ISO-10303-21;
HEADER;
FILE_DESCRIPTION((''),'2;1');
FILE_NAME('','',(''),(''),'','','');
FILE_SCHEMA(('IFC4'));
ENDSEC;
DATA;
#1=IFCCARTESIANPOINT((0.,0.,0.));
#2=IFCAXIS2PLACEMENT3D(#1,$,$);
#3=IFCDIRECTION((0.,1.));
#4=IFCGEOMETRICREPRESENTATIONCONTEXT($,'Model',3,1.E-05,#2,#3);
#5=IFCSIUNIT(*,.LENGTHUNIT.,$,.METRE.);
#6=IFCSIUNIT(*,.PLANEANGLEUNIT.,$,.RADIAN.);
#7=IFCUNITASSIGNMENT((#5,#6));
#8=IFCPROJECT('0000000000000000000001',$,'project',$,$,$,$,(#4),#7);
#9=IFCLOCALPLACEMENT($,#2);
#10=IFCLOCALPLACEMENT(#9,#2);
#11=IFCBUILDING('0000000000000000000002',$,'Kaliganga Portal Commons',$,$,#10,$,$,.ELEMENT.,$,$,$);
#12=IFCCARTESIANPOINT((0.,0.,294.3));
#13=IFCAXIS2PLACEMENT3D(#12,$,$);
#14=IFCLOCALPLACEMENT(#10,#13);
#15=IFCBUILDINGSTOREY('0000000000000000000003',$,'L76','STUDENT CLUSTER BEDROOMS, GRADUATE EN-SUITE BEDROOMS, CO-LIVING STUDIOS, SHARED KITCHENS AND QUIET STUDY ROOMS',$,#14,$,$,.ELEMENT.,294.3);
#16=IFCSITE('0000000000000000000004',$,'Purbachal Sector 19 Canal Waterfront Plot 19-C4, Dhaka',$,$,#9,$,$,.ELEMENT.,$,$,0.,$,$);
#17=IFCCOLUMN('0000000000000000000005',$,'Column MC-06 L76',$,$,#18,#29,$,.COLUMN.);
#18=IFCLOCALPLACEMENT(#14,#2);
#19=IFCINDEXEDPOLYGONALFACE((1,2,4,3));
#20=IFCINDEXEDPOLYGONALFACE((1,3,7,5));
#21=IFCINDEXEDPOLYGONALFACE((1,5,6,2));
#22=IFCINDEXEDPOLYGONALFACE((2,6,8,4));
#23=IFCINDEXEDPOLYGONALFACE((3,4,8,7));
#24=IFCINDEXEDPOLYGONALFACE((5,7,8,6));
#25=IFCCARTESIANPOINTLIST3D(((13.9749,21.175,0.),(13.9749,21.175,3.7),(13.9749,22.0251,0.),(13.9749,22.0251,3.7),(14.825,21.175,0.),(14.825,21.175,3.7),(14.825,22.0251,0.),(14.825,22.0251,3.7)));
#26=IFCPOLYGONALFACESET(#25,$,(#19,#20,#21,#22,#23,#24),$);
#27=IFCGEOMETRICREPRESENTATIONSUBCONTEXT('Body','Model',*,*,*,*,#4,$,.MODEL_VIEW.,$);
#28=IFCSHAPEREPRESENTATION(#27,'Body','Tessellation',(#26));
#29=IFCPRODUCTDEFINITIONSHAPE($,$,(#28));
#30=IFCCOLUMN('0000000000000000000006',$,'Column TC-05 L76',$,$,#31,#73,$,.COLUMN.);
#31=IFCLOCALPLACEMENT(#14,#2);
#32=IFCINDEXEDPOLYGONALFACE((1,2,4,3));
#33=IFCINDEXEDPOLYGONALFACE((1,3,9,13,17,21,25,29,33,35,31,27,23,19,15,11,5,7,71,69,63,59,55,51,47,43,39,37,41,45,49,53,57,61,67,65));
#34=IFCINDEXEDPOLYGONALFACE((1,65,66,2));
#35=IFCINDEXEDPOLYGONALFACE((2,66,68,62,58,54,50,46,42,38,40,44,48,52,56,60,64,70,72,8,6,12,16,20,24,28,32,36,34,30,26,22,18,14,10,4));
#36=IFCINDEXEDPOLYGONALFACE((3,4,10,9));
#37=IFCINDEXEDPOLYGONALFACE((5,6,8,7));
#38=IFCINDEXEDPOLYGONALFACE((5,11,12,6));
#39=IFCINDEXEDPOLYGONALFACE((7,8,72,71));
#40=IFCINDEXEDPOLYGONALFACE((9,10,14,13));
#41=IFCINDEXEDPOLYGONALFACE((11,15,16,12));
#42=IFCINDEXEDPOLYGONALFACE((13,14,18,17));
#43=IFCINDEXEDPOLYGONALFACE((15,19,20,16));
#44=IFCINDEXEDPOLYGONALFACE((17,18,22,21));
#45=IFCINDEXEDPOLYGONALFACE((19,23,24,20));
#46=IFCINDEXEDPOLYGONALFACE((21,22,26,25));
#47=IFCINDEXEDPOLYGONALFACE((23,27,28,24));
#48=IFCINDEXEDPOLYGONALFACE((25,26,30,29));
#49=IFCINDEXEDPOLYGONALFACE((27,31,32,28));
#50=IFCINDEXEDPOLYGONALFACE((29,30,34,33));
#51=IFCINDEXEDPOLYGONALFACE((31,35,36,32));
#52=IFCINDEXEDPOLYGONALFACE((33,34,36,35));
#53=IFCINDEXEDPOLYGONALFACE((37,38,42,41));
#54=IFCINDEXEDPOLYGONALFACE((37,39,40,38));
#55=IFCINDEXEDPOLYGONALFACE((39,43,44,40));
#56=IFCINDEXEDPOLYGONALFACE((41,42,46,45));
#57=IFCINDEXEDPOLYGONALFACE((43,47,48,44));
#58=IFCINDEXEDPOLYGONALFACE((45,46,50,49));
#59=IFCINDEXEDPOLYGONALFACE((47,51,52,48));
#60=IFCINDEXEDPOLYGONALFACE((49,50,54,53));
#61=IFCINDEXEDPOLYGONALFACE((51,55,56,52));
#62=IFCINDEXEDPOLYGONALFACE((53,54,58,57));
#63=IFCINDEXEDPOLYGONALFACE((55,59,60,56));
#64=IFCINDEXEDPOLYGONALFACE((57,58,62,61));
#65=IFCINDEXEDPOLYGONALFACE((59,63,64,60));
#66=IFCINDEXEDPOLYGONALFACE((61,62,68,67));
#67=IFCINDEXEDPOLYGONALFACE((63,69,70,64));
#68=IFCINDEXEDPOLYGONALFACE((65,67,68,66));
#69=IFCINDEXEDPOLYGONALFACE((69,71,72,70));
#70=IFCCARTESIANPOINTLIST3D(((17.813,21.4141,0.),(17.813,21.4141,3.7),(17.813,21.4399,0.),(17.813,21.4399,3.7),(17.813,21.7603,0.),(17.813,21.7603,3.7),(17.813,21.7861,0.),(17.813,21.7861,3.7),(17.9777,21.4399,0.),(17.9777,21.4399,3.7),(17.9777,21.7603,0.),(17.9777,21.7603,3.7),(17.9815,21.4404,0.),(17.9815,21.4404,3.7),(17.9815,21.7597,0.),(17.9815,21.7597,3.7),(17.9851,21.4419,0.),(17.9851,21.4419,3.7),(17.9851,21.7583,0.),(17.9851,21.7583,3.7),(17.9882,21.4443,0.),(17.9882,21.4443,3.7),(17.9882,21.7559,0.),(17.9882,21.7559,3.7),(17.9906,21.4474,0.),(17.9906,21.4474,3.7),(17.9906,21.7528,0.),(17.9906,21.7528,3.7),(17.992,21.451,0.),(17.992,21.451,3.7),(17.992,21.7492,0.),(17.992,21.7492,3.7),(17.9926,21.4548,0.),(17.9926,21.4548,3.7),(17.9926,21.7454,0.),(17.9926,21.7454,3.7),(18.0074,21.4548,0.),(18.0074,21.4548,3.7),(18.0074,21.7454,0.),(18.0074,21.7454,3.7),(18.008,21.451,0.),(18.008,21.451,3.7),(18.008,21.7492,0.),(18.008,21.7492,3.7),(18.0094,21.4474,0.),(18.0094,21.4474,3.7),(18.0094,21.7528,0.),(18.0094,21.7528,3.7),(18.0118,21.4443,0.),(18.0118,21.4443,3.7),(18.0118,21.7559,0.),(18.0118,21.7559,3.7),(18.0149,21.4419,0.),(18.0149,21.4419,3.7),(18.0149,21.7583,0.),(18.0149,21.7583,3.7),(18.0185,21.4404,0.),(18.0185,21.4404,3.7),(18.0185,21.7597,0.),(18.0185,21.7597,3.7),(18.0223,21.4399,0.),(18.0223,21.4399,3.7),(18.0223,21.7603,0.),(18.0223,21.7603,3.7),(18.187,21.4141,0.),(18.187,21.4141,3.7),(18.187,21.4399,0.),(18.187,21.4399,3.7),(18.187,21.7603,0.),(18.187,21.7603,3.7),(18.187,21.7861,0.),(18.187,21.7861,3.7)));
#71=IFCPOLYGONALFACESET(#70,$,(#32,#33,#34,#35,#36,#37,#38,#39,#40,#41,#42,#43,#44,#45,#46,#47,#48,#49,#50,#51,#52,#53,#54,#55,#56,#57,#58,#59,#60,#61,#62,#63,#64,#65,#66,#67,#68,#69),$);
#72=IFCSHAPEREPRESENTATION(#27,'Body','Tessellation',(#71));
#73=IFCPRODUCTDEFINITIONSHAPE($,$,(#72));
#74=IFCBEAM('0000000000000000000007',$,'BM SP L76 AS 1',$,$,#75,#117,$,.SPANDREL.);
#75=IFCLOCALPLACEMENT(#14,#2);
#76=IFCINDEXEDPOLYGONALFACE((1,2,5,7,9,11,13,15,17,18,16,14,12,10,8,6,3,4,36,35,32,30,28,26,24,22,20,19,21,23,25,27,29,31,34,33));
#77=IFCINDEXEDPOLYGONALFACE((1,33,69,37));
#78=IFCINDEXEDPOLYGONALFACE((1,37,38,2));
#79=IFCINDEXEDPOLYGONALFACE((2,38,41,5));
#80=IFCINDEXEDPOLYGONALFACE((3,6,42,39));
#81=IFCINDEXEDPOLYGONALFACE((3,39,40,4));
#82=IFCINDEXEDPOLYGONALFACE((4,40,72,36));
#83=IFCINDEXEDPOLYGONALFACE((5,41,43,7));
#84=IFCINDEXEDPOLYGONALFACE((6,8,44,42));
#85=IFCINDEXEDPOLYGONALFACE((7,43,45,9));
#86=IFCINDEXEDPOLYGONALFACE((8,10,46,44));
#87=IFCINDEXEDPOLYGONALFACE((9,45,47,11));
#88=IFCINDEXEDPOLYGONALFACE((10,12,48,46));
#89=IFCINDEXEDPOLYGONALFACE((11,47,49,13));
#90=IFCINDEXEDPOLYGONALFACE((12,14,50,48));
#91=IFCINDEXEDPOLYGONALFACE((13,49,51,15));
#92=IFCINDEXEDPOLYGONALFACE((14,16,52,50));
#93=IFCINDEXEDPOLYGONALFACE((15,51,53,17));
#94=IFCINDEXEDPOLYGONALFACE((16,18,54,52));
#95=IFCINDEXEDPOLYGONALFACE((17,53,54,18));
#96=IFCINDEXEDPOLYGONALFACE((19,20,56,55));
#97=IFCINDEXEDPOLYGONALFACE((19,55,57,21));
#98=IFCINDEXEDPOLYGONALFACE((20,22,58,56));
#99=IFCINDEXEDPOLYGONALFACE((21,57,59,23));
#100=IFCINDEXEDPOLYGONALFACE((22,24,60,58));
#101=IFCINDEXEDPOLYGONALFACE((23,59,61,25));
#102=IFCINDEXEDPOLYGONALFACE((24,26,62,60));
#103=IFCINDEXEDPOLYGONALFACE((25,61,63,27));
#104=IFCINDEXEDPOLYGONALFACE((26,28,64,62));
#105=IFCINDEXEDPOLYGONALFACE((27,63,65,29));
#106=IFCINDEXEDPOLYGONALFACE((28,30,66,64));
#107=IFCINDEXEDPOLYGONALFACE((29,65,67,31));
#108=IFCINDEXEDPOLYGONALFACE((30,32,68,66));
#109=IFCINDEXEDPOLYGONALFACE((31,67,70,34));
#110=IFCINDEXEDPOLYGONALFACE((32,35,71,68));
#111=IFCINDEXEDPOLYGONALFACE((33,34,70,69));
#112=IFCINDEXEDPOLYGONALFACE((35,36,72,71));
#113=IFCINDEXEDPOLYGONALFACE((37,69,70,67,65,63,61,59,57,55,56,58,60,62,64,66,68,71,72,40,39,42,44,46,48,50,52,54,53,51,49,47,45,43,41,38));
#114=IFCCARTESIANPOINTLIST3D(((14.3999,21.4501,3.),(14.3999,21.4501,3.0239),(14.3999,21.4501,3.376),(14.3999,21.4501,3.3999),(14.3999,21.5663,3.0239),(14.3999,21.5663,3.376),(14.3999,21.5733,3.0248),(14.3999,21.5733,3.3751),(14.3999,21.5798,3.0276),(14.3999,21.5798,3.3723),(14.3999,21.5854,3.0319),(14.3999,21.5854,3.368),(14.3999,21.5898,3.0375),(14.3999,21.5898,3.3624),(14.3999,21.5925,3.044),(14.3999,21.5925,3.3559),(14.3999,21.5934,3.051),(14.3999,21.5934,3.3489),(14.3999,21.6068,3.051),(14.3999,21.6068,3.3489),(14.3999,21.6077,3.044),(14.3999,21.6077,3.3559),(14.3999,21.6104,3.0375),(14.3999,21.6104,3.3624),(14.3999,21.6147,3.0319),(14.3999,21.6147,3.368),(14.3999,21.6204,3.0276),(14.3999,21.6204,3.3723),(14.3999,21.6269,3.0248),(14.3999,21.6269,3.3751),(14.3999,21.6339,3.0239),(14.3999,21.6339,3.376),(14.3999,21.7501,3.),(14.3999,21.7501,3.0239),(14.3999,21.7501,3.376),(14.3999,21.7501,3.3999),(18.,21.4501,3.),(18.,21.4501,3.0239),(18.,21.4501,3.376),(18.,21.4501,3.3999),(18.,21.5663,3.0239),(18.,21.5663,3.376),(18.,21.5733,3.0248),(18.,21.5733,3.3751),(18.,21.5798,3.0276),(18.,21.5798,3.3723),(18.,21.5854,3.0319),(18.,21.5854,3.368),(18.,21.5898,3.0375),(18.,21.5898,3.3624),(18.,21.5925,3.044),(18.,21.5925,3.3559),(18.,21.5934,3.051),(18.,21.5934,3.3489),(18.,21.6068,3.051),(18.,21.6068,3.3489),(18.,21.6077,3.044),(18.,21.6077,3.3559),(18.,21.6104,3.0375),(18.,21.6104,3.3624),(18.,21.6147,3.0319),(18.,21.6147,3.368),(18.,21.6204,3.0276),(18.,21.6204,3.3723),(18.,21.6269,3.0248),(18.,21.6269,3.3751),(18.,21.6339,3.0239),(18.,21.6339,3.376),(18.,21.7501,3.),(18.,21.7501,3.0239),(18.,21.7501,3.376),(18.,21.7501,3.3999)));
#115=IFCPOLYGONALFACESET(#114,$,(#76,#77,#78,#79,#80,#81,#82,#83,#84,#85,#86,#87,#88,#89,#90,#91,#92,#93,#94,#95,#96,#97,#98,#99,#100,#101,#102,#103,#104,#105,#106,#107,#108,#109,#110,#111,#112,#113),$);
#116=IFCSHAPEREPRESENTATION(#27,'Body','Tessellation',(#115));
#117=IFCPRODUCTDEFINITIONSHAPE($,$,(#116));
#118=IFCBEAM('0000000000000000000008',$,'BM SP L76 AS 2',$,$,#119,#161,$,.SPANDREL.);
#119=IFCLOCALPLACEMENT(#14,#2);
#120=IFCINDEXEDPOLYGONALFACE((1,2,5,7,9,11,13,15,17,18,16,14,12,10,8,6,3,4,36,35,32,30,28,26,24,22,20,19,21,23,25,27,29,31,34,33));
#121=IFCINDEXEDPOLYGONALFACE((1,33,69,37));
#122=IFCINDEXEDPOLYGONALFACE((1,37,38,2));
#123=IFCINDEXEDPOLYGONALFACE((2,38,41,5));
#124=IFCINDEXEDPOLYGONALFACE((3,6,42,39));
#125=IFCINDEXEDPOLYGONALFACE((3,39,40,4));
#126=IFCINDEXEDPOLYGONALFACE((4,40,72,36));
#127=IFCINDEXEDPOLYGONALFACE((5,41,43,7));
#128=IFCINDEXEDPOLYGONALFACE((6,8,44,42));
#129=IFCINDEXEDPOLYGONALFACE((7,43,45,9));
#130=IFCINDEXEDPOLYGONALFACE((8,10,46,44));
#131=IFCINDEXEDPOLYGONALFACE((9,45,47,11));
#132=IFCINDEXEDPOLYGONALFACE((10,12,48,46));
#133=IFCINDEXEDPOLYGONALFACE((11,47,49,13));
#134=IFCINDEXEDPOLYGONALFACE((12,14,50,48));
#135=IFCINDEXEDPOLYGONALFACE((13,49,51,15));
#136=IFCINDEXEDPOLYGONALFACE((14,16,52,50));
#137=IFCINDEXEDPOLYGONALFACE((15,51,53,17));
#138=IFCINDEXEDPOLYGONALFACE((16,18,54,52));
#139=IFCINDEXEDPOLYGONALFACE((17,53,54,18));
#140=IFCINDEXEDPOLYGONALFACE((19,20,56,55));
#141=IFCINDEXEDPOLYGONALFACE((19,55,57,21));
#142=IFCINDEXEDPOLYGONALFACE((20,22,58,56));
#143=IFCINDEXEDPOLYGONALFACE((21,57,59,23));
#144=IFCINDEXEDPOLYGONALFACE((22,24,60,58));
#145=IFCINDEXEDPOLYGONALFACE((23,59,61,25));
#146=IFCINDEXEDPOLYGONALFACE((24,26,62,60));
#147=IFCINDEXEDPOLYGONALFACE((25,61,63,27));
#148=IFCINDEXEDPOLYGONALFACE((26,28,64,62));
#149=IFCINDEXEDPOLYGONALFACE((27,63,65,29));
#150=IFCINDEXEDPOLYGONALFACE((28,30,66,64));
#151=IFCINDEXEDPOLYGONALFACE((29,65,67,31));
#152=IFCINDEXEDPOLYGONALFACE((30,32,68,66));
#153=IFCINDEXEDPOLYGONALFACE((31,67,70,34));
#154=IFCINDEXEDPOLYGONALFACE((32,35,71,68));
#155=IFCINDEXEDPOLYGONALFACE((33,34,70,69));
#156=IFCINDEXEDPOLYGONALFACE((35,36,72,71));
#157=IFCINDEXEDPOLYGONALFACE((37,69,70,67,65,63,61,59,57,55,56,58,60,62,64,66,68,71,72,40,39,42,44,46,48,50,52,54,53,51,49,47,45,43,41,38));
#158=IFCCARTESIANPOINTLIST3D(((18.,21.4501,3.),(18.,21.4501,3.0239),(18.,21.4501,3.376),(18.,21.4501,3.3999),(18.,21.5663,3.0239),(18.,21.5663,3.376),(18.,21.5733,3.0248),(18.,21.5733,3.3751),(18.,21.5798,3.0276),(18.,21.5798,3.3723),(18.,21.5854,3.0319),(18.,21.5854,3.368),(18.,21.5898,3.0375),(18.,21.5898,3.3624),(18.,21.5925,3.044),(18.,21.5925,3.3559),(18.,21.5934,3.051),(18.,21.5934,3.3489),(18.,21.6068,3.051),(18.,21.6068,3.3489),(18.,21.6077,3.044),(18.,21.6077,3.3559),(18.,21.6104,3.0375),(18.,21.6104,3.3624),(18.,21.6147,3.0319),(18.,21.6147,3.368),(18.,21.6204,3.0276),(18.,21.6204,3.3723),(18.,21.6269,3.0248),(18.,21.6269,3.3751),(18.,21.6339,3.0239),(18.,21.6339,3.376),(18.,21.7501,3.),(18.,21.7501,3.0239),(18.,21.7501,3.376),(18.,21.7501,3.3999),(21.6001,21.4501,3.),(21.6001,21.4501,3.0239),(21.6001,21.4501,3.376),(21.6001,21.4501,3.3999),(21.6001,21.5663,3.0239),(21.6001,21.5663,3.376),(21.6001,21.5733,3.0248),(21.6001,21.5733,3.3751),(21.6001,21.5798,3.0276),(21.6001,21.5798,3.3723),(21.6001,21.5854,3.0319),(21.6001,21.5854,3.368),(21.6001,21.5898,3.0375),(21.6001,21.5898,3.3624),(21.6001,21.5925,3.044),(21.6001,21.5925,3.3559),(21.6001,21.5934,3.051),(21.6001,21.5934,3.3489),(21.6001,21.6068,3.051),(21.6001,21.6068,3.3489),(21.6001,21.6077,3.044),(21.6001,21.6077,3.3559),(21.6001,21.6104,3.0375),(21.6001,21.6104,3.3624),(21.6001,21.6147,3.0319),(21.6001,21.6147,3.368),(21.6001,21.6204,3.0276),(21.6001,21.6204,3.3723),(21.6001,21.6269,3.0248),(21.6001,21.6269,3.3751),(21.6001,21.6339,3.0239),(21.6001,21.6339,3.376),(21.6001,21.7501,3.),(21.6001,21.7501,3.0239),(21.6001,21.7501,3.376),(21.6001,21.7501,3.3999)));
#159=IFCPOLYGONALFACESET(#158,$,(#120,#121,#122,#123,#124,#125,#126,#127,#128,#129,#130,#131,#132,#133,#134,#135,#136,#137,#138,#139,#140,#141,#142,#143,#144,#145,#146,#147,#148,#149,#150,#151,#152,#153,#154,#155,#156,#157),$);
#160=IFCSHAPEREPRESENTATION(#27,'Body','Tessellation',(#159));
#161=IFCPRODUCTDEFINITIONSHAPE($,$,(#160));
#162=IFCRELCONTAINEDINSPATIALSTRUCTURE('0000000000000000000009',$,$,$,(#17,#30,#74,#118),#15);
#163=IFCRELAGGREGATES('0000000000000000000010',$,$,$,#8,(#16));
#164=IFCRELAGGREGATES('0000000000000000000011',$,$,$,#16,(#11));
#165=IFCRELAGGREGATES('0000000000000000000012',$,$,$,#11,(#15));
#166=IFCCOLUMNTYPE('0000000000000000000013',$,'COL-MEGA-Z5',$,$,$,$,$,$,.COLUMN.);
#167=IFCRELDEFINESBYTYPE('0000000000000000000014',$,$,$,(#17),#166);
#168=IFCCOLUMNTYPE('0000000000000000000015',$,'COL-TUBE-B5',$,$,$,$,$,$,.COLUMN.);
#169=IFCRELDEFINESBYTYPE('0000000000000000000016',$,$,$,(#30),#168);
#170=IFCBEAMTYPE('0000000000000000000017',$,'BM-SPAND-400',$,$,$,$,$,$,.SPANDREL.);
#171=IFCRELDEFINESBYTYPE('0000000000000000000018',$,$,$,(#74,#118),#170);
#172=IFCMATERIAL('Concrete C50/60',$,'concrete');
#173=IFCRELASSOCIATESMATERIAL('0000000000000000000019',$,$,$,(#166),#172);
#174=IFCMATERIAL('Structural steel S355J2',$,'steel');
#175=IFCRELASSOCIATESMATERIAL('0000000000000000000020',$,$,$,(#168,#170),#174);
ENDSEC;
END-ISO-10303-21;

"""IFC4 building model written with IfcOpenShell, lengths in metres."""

from ifc_helpers import new_model, si_unit, direction, frame, origin, origin_2d, place, context, subcontext, project, spatial, rectangle, i_section, extrude, source, transform, mapped, material, material_profile, profile_set, type_object, element, save


model = new_model("IFC4")

# Units and contexts
model_context = context("Model", 3, precision=1e-05, world=origin(), true_north=direction((0.0, 1.0)))
body_context = subcontext(model_context, "Body", "Model", "MODEL_VIEW")
ifc_project = project(units=[si_unit("LENGTHUNIT", "METRE"), si_unit("PLANEANGLEUNIT", "RADIAN")], contexts=[model_context])

# Site, building, storey
site_placement = place(None, origin())
site = spatial("IfcSite", under=ifc_project, at=site_placement, Name="Purbachal Sector 19 Canal Waterfront Plot 19-C4, Dhaka", CompositionType="ELEMENT", RefElevation=0.0)
building_placement = place(site_placement, origin())
building = spatial("IfcBuilding", under=site, at=building_placement, Name="Kaliganga Portal Commons", CompositionType="ELEMENT")
storey_placement = place(building_placement, frame((0.0, 0.0, 294.3)))
storey = spatial("IfcBuildingStorey", under=building, at=storey_placement, Name="L76", Description="STUDENT CLUSTER BEDROOMS, GRADUATE EN-SUITE BEDROOMS, CO-LIVING STUDIOS, SHARED KITCHENS AND QUIET STUDY ROOMS", CompositionType="ELEMENT", Elevation=294.3)

# Columns
ifc_material_1 = material(Name="Concrete C50/60", Category="concrete")
ifc_material_profile_1 = material_profile(ifc_material_1, rectangle(XDim=0.8501, YDim=0.8501, at=origin_2d()), Name="RC 850x850")
ifc_profile_set_1 = profile_set([ifc_material_profile_1], Name="Concrete C50/60")
column_type_1 = type_object("IfcColumnType", Name="COL-MEGA-Z5", PredefinedType="COLUMN", material=ifc_profile_set_1)
shared_shape_1 = source(origin(), body_context, "Body", "SweptSolid", [
    extrude(rectangle(XDim=0.8501, YDim=0.8501, at=origin_2d()), origin(), (0.0, 0.0, 1.0), 3.7),
])
column_1_placement = place(storey_placement, frame((14.3999, 21.6001, 0.0), z_axis=(0.0, 0.0, 1.0), x_axis=(1.0, 0.0, 0.0)))
element("IfcColumn", 1, at=column_1_placement, inside=storey, type_object=column_type_1, Name="Column MC-06 L76", PredefinedType="COLUMN", context=body_context, shape_type="MappedRepresentation", body=[
    mapped(shared_shape_1, transform((0.0, 0.0, 0.0), x_axis=(1.0, 0.0, 0.0), y_axis=(0.0, 1.0, 0.0), z_axis=(0.0, 0.0, 1.0), scale=1.0)),
])
ifc_material_2 = material(Name="Structural steel S355J2", Category="steel")
ifc_material_profile_2 = material_profile(ifc_material_2, i_section(OverallWidth=0.374, OverallDepth=0.3721, WebThickness=0.0149, FlangeThickness=0.0259, FilletRadius=0.0149, at=origin_2d()), Name="HD 360x196")
ifc_profile_set_2 = profile_set([ifc_material_profile_2], Name="Structural steel S355J2 wide-flange")
column_type_2 = type_object("IfcColumnType", Name="COL-TUBE-B5", PredefinedType="COLUMN", material=ifc_profile_set_2)
shared_shape_2 = source(origin(), body_context, "Body", "SweptSolid", [
    extrude(i_section(OverallWidth=0.374, OverallDepth=0.3721, WebThickness=0.0149, FlangeThickness=0.0259, FilletRadius=0.0149, at=origin_2d()), origin(), (0.0, 0.0, 1.0), 3.7),
])
column_2_placement = place(storey_placement, frame((18.0, 21.6001, 0.0), z_axis=(0.0, 0.0, 1.0), x_axis=(1.0, 0.0, 0.0)))
element("IfcColumn", 2, at=column_2_placement, inside=storey, type_object=column_type_2, Name="Column TC-05 L76", PredefinedType="COLUMN", context=body_context, shape_type="MappedRepresentation", body=[
    mapped(shared_shape_2, transform((0.0, 0.0, 0.0), x_axis=(1.0, 0.0, 0.0), y_axis=(0.0, 1.0, 0.0), z_axis=(0.0, 0.0, 1.0), scale=1.0)),
])

# Beams
ifc_material_profile_3 = material_profile(ifc_material_2, i_section(OverallWidth=0.3, OverallDepth=0.3999, WebThickness=0.0134, FlangeThickness=0.0239, FilletRadius=0.0271, at=origin_2d()), Name="HE 400 B")
ifc_profile_set_3 = profile_set([ifc_material_profile_3], Name="Structural steel S355J2 wide-flange")
beam_type_1 = type_object("IfcBeamType", Name="BM-SPAND-400", PredefinedType="SPANDREL", material=ifc_profile_set_3)
shared_shape_3 = source(origin(), body_context, "Body", "SweptSolid", [
    extrude(i_section(OverallWidth=0.3, OverallDepth=0.3999, WebThickness=0.0134, FlangeThickness=0.0239, FilletRadius=0.0271, at=origin_2d()), origin(), (0.0, 0.0, 1.0), 3.6001),
])
for number, where, z_axis, x_axis, name in (
    (3, (14.3999, 21.6001, 3.2), (1.0, 0.0, 0.0), (0.0, 1.0, 0.0), "BM SP L76 AS 1"),
    (4, (18.0, 21.6001, 3.2), (1.0, 0.0, 0.0), (0.0, 1.0, 0.0), "BM SP L76 AS 2"),
):
    element("IfcBeam", number, at=place(storey_placement, frame(where, z_axis=z_axis, x_axis=x_axis)), inside=storey, type_object=beam_type_1, Name=name, PredefinedType="SPANDREL", context=body_context, shape_type="MappedRepresentation", body=[
        mapped(shared_shape_3, transform((0.0, 0.0, 0.0), x_axis=(1.0, 0.0, 0.0), y_axis=(0.0, 1.0, 0.0), z_axis=(0.0, 0.0, 1.0), scale=1.0)),
    ])

save(model, "model.ifc")
